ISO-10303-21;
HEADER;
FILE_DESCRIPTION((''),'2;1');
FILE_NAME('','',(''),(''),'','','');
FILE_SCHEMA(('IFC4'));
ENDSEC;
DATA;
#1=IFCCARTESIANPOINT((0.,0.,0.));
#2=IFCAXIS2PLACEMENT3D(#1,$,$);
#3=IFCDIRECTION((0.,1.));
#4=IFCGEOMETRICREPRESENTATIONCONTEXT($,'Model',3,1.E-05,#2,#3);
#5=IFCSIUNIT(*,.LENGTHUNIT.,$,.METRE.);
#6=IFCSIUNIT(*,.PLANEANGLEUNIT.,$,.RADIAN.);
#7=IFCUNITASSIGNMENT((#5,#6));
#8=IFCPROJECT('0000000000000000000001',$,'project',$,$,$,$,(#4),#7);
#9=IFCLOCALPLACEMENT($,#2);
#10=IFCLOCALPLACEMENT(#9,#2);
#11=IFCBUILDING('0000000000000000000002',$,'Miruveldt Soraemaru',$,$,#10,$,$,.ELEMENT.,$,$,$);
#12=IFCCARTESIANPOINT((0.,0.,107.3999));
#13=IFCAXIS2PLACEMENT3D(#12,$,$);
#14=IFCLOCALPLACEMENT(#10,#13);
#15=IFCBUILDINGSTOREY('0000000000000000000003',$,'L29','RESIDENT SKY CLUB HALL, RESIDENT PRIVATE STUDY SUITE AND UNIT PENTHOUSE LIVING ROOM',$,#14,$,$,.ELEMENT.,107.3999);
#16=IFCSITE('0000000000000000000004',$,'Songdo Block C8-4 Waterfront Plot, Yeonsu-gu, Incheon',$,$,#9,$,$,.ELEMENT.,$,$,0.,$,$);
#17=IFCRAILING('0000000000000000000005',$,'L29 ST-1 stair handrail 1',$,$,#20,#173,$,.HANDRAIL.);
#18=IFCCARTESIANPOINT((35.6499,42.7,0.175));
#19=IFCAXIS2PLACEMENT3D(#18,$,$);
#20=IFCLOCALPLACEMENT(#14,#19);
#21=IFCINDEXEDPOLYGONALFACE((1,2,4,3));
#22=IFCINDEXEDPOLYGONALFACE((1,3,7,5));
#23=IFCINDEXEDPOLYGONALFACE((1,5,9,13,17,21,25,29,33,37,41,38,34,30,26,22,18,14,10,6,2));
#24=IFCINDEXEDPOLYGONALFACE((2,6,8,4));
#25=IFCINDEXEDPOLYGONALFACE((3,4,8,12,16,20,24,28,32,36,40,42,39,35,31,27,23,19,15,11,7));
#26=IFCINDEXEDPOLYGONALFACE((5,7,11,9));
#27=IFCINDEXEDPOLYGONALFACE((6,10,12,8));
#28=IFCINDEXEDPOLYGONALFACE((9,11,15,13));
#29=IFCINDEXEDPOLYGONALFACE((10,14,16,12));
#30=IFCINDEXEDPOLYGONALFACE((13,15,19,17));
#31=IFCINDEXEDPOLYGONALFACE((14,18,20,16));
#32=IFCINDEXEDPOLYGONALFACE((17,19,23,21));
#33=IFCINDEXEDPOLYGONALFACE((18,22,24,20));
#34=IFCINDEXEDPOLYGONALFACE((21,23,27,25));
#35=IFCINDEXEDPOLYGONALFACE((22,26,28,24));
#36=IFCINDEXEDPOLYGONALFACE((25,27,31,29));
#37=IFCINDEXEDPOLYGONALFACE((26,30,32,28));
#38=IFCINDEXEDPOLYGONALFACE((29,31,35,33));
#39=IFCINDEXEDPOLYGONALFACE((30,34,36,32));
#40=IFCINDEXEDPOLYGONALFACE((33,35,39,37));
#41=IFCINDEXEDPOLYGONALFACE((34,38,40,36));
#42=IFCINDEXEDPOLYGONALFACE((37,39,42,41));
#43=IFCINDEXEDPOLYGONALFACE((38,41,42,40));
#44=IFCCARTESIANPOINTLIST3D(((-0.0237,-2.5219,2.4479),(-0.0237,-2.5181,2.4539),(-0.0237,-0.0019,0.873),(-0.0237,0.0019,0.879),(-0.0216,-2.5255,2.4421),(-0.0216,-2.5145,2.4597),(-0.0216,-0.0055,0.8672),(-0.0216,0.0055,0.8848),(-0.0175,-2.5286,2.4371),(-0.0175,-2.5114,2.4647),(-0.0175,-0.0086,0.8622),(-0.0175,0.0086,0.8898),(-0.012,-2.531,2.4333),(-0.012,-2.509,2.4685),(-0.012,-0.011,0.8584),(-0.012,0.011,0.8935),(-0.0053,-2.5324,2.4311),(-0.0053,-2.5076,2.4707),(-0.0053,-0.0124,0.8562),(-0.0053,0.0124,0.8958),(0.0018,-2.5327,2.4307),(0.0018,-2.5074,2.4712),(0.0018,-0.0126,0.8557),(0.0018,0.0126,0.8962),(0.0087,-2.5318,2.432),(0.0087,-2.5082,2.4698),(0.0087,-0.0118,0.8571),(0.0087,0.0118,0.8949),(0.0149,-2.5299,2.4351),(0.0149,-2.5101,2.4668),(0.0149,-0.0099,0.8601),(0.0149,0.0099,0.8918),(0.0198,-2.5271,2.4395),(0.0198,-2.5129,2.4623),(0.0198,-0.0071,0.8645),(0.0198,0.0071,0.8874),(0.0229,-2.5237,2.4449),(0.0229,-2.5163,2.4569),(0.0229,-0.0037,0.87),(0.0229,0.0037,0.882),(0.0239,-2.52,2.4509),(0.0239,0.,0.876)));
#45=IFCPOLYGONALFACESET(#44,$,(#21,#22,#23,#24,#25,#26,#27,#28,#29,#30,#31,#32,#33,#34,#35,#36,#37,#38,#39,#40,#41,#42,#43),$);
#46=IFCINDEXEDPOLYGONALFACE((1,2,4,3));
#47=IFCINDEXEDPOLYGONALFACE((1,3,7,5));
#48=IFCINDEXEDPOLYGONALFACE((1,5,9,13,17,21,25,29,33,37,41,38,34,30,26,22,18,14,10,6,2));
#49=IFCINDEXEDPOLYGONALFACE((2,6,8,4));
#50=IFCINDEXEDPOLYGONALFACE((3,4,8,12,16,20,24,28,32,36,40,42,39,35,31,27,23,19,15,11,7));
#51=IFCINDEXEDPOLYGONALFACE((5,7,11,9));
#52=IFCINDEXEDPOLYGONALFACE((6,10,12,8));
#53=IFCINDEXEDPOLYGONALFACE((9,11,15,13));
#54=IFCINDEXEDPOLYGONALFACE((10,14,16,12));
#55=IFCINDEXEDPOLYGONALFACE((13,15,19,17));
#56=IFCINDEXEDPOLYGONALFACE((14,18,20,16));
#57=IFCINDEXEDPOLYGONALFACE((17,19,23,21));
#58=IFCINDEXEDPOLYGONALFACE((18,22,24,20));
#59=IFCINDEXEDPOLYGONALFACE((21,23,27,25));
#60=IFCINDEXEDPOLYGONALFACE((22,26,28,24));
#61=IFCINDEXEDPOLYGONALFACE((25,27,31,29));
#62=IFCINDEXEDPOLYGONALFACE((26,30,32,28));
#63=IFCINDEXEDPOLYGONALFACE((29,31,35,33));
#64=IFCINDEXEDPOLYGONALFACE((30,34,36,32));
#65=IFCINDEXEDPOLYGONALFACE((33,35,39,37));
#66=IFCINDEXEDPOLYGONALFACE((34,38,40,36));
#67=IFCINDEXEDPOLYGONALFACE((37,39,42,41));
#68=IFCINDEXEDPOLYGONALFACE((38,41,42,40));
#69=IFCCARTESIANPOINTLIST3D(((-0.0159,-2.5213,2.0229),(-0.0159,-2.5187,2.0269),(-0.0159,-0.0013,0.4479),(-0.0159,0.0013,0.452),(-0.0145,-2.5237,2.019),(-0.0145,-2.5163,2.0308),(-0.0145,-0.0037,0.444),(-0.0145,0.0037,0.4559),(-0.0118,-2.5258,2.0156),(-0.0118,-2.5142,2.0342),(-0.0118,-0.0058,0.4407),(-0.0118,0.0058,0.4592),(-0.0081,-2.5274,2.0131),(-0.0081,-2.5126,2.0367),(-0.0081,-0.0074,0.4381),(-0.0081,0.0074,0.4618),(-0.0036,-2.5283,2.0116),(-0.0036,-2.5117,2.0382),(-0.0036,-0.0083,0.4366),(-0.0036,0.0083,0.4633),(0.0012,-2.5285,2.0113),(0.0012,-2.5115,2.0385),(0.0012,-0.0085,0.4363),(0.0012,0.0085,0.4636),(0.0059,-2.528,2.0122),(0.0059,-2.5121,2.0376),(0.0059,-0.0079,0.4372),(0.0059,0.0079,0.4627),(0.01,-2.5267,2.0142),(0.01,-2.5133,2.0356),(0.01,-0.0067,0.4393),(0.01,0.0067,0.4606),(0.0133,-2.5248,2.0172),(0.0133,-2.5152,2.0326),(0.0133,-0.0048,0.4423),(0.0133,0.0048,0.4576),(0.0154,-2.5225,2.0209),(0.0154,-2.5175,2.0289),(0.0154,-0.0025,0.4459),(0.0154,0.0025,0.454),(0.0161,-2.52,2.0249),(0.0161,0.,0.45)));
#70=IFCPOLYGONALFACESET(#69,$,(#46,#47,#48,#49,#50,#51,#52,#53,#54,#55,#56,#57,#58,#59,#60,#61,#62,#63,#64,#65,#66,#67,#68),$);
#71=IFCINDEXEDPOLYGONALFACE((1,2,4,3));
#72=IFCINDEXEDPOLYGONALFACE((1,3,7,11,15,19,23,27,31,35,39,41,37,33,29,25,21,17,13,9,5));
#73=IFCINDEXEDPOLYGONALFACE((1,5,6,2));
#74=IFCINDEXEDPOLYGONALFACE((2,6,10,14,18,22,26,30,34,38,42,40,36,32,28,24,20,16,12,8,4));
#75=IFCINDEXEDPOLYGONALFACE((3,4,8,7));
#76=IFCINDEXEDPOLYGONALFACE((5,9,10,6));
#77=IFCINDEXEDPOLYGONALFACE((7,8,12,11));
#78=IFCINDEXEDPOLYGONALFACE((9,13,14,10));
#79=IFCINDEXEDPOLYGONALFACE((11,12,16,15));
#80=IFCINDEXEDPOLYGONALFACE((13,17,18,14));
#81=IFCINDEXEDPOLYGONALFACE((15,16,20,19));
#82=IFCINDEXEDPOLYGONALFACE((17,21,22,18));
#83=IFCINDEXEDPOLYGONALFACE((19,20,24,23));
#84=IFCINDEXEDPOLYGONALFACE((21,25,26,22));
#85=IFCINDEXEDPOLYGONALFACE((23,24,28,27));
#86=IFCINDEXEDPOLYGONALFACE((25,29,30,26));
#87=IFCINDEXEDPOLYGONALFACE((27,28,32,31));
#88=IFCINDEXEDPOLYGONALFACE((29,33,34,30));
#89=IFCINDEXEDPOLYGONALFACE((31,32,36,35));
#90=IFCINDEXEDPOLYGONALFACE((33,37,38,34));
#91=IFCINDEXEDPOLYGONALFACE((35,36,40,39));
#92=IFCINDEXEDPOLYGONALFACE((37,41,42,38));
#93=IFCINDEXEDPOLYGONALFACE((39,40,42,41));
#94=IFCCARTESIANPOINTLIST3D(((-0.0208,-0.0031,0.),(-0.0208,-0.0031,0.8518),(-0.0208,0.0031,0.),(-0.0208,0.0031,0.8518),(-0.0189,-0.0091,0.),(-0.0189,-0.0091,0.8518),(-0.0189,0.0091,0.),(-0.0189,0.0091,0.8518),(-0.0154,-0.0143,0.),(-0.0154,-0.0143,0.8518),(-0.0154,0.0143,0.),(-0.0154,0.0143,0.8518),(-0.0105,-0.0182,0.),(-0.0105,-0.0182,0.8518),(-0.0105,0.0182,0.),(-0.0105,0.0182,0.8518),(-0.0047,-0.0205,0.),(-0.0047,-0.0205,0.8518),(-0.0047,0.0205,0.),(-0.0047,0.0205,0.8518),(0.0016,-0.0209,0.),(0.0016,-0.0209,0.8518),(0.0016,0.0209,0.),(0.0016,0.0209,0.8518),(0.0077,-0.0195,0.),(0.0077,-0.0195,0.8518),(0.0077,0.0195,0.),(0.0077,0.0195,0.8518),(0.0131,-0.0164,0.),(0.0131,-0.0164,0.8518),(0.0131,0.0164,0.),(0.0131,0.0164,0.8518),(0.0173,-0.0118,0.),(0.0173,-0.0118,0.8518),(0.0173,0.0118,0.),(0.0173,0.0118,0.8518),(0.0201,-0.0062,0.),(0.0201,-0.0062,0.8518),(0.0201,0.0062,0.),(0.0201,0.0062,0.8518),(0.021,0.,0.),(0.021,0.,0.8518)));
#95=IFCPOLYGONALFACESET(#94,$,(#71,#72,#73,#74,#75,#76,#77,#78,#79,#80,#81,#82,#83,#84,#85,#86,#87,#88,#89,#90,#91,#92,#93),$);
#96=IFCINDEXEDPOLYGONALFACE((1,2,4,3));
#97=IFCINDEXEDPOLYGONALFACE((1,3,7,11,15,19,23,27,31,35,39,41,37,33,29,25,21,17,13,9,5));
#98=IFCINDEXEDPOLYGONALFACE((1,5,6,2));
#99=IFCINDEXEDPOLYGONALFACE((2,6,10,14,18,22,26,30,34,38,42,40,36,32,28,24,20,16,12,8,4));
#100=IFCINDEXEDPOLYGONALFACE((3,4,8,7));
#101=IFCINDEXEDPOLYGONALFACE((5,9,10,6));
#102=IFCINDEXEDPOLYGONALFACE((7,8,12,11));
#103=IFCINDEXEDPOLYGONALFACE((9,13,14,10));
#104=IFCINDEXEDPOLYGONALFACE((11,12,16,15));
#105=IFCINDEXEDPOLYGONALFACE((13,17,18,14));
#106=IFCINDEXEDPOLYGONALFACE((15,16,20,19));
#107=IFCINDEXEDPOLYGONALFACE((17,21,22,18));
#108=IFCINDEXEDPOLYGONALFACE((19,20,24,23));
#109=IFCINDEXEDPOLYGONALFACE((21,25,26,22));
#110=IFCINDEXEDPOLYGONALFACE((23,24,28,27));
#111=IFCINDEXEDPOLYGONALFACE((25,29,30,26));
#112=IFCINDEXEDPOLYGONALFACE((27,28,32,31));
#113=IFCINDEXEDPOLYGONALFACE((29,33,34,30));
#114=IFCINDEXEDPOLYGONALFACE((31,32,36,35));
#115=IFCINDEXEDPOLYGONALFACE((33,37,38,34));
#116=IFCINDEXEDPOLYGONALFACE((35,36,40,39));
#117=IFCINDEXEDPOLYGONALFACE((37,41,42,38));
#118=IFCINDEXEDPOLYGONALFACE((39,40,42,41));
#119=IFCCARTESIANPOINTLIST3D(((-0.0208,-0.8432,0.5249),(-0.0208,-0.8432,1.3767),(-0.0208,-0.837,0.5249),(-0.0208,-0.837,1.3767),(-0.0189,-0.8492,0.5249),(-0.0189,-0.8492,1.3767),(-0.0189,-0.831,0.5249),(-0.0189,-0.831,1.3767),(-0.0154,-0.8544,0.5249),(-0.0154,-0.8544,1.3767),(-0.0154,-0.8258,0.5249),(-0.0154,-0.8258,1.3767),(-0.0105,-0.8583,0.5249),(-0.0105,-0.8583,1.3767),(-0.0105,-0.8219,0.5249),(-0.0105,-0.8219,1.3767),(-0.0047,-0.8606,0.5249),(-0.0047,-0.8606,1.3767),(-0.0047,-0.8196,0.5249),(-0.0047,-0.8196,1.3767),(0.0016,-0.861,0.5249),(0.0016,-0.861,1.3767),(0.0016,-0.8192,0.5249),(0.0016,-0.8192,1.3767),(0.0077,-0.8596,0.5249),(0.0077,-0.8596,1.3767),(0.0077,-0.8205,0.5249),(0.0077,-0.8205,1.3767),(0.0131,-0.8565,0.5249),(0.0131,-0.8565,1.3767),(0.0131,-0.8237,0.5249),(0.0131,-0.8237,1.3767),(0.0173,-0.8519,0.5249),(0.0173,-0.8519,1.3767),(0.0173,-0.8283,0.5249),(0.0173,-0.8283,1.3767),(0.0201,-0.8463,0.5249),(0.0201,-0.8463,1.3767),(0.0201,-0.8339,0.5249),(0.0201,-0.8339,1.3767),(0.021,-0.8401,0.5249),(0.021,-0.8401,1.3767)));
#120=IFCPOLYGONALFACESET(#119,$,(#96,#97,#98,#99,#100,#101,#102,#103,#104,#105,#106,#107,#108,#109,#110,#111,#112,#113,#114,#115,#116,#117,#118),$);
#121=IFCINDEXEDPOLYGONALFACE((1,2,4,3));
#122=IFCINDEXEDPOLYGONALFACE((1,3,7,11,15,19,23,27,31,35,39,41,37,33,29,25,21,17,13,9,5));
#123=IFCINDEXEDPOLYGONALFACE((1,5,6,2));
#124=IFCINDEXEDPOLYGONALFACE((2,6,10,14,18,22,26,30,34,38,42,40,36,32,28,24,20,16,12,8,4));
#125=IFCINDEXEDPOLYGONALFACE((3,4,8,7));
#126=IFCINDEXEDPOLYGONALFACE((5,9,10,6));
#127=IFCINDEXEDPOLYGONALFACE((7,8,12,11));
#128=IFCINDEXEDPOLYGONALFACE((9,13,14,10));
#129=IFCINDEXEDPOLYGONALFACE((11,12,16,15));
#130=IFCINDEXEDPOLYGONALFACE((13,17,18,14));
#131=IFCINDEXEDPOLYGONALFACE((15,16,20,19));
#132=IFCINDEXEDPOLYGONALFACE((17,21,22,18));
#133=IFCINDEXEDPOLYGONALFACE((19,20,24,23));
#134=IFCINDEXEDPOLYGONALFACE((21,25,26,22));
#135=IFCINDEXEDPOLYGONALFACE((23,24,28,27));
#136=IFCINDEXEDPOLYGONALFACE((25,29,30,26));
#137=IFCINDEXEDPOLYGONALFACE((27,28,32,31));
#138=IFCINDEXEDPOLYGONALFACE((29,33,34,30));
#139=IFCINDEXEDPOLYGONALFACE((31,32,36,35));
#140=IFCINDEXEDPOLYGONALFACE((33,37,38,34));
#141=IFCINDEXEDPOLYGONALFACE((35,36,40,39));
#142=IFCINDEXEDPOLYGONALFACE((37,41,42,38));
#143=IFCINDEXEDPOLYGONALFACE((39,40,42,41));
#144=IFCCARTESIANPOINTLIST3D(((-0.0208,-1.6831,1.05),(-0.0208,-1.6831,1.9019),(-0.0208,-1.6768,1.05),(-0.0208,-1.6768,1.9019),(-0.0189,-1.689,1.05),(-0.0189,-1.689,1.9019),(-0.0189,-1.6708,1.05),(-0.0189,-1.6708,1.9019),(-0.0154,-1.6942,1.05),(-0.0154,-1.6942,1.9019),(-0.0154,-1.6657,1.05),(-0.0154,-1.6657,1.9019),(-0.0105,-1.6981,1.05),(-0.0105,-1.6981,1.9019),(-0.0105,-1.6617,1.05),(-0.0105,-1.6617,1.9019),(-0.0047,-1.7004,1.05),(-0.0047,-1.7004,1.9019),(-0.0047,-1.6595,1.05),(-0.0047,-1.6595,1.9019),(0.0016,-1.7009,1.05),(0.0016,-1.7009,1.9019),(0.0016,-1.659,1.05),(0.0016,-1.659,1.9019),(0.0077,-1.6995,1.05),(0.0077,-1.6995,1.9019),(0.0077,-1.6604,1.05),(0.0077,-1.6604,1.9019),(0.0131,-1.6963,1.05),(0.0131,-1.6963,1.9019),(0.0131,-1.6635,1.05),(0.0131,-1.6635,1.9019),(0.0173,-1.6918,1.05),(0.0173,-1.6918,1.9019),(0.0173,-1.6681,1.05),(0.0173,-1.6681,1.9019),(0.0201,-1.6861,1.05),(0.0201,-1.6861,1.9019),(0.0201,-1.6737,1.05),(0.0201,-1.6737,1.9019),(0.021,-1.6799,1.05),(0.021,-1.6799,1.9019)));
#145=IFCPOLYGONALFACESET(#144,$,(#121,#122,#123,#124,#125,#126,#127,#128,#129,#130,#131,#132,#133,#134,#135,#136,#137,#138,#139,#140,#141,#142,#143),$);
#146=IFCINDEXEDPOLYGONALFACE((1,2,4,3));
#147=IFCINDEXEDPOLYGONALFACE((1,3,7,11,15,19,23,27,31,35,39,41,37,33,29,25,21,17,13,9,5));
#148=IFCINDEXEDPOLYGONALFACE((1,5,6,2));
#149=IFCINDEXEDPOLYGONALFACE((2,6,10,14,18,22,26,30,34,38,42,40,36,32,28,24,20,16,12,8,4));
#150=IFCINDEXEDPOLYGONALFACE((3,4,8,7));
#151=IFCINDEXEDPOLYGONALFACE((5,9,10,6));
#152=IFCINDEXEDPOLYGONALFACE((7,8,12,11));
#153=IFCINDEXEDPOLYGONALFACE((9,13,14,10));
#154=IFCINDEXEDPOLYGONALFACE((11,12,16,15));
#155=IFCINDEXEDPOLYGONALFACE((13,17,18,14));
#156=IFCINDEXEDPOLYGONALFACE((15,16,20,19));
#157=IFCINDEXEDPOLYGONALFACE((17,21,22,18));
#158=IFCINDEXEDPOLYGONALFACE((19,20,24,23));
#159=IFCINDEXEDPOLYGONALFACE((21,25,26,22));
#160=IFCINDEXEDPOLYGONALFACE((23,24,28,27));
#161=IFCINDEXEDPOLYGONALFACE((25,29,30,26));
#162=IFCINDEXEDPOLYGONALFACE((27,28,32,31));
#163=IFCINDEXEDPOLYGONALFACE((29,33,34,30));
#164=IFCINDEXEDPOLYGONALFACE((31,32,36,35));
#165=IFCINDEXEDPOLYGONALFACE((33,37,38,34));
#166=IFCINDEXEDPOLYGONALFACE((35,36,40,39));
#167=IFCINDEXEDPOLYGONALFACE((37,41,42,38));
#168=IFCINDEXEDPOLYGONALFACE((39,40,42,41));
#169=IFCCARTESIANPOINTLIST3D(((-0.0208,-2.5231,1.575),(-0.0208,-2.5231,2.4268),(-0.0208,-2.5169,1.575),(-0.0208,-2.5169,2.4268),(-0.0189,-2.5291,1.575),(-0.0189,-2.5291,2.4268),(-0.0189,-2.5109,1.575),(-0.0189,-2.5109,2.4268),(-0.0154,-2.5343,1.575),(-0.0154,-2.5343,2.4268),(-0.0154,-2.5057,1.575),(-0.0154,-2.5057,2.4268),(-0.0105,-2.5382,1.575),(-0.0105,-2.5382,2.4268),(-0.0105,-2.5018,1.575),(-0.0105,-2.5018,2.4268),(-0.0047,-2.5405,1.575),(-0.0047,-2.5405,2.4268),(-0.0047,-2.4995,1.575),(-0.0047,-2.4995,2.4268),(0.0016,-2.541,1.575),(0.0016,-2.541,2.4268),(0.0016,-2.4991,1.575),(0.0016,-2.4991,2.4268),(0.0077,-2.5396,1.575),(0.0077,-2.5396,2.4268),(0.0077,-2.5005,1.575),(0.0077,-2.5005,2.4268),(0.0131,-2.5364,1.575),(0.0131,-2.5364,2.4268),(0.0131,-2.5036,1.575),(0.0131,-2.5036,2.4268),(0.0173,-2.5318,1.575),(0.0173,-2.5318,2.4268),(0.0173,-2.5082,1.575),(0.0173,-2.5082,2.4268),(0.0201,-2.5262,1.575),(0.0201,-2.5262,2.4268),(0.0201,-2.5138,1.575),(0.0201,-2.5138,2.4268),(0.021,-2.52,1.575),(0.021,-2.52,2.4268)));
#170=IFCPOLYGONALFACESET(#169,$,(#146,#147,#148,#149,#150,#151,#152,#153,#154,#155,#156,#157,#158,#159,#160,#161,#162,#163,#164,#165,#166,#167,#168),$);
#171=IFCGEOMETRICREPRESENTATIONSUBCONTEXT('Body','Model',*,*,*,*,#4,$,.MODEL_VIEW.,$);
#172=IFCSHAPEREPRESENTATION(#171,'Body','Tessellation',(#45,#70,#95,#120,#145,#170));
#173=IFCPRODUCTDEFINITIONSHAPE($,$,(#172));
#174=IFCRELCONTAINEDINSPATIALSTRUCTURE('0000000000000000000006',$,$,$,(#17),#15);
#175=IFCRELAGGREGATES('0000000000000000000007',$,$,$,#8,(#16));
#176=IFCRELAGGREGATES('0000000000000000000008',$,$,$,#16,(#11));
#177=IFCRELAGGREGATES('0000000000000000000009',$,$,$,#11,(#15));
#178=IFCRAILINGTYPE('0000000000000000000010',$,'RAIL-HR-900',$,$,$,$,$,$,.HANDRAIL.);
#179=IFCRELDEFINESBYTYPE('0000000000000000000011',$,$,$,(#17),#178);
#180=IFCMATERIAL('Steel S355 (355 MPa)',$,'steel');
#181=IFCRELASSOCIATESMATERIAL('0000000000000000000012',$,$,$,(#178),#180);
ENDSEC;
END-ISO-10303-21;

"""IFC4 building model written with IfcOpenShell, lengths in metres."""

from ifc_helpers import new_model, si_unit, direction, frame, origin, origin_2d, place, context, subcontext, project, spatial, circle, extrude, material, type_object, element, save


model = new_model("IFC4")

# Units and contexts
model_context = context("Model", 3, precision=1e-05, world=origin(), true_north=direction((0.0, 1.0)))
body_context = subcontext(model_context, "Body", "Model", "MODEL_VIEW")
ifc_project = project(units=[si_unit("LENGTHUNIT", "METRE"), si_unit("PLANEANGLEUNIT", "RADIAN")], contexts=[model_context])

# Site, building, storey
site_placement = place(None, origin())
site = spatial("IfcSite", under=ifc_project, at=site_placement, Name="Songdo Block C8-4 Waterfront Plot, Yeonsu-gu, Incheon", CompositionType="ELEMENT", RefElevation=0.0)
building_placement = place(site_placement, origin())
building = spatial("IfcBuilding", under=site, at=building_placement, Name="Miruveldt Soraemaru", CompositionType="ELEMENT")
storey_placement = place(building_placement, frame((0.0, 0.0, 107.3999)))
storey = spatial("IfcBuildingStorey", under=building, at=storey_placement, Name="L29", Description="RESIDENT SKY CLUB HALL, RESIDENT PRIVATE STUDY SUITE AND UNIT PENTHOUSE LIVING ROOM", CompositionType="ELEMENT", Elevation=107.3999)

# Railing
ifc_material_1 = material(Name="Steel S355 (355 MPa)", Category="steel")
railing_type_1 = type_object("IfcRailingType", Name="RAIL-HR-900", PredefinedType="HANDRAIL", material=ifc_material_1)
railing_1_placement = place(storey_placement, frame((35.6499, 42.7, 0.175)))
element("IfcRailing", 1, at=railing_1_placement, inside=storey, type_object=railing_type_1, Name="L29 ST-1 stair handrail 1", PredefinedType="HANDRAIL", context=body_context, shape_type="SweptSolid", body=[
    extrude(circle(Radius=0.0239, at=origin_2d()), frame((0.0, 0.0, 0.876), z_axis=(0.0, -0.848008, 0.529984), x_axis=(1.0, 0.0, 0.0)), (0.0, 0.0, 1.0), 2.9717),
    extrude(circle(Radius=0.0161, at=origin_2d()), frame((0.0, 0.0, 0.45), z_axis=(0.0, -0.848008, 0.529984), x_axis=(1.0, 0.0, 0.0)), (0.0, 0.0, 1.0), 2.9717),
    extrude(circle(Radius=0.021, at=origin_2d()), origin(), (0.0, 0.0, 1.0), 0.8518),
    extrude(circle(Radius=0.021, at=origin_2d()), frame((0.0, -0.8401, 0.5249)), (0.0, 0.0, 1.0), 0.8518),
    extrude(circle(Radius=0.021, at=origin_2d()), frame((0.0, -1.6799, 1.05)), (0.0, 0.0, 1.0), 0.8518),
    extrude(circle(Radius=0.021, at=origin_2d()), frame((0.0, -2.52, 1.575)), (0.0, 0.0, 1.0), 0.8518),
])

save(model, "model.ifc")
